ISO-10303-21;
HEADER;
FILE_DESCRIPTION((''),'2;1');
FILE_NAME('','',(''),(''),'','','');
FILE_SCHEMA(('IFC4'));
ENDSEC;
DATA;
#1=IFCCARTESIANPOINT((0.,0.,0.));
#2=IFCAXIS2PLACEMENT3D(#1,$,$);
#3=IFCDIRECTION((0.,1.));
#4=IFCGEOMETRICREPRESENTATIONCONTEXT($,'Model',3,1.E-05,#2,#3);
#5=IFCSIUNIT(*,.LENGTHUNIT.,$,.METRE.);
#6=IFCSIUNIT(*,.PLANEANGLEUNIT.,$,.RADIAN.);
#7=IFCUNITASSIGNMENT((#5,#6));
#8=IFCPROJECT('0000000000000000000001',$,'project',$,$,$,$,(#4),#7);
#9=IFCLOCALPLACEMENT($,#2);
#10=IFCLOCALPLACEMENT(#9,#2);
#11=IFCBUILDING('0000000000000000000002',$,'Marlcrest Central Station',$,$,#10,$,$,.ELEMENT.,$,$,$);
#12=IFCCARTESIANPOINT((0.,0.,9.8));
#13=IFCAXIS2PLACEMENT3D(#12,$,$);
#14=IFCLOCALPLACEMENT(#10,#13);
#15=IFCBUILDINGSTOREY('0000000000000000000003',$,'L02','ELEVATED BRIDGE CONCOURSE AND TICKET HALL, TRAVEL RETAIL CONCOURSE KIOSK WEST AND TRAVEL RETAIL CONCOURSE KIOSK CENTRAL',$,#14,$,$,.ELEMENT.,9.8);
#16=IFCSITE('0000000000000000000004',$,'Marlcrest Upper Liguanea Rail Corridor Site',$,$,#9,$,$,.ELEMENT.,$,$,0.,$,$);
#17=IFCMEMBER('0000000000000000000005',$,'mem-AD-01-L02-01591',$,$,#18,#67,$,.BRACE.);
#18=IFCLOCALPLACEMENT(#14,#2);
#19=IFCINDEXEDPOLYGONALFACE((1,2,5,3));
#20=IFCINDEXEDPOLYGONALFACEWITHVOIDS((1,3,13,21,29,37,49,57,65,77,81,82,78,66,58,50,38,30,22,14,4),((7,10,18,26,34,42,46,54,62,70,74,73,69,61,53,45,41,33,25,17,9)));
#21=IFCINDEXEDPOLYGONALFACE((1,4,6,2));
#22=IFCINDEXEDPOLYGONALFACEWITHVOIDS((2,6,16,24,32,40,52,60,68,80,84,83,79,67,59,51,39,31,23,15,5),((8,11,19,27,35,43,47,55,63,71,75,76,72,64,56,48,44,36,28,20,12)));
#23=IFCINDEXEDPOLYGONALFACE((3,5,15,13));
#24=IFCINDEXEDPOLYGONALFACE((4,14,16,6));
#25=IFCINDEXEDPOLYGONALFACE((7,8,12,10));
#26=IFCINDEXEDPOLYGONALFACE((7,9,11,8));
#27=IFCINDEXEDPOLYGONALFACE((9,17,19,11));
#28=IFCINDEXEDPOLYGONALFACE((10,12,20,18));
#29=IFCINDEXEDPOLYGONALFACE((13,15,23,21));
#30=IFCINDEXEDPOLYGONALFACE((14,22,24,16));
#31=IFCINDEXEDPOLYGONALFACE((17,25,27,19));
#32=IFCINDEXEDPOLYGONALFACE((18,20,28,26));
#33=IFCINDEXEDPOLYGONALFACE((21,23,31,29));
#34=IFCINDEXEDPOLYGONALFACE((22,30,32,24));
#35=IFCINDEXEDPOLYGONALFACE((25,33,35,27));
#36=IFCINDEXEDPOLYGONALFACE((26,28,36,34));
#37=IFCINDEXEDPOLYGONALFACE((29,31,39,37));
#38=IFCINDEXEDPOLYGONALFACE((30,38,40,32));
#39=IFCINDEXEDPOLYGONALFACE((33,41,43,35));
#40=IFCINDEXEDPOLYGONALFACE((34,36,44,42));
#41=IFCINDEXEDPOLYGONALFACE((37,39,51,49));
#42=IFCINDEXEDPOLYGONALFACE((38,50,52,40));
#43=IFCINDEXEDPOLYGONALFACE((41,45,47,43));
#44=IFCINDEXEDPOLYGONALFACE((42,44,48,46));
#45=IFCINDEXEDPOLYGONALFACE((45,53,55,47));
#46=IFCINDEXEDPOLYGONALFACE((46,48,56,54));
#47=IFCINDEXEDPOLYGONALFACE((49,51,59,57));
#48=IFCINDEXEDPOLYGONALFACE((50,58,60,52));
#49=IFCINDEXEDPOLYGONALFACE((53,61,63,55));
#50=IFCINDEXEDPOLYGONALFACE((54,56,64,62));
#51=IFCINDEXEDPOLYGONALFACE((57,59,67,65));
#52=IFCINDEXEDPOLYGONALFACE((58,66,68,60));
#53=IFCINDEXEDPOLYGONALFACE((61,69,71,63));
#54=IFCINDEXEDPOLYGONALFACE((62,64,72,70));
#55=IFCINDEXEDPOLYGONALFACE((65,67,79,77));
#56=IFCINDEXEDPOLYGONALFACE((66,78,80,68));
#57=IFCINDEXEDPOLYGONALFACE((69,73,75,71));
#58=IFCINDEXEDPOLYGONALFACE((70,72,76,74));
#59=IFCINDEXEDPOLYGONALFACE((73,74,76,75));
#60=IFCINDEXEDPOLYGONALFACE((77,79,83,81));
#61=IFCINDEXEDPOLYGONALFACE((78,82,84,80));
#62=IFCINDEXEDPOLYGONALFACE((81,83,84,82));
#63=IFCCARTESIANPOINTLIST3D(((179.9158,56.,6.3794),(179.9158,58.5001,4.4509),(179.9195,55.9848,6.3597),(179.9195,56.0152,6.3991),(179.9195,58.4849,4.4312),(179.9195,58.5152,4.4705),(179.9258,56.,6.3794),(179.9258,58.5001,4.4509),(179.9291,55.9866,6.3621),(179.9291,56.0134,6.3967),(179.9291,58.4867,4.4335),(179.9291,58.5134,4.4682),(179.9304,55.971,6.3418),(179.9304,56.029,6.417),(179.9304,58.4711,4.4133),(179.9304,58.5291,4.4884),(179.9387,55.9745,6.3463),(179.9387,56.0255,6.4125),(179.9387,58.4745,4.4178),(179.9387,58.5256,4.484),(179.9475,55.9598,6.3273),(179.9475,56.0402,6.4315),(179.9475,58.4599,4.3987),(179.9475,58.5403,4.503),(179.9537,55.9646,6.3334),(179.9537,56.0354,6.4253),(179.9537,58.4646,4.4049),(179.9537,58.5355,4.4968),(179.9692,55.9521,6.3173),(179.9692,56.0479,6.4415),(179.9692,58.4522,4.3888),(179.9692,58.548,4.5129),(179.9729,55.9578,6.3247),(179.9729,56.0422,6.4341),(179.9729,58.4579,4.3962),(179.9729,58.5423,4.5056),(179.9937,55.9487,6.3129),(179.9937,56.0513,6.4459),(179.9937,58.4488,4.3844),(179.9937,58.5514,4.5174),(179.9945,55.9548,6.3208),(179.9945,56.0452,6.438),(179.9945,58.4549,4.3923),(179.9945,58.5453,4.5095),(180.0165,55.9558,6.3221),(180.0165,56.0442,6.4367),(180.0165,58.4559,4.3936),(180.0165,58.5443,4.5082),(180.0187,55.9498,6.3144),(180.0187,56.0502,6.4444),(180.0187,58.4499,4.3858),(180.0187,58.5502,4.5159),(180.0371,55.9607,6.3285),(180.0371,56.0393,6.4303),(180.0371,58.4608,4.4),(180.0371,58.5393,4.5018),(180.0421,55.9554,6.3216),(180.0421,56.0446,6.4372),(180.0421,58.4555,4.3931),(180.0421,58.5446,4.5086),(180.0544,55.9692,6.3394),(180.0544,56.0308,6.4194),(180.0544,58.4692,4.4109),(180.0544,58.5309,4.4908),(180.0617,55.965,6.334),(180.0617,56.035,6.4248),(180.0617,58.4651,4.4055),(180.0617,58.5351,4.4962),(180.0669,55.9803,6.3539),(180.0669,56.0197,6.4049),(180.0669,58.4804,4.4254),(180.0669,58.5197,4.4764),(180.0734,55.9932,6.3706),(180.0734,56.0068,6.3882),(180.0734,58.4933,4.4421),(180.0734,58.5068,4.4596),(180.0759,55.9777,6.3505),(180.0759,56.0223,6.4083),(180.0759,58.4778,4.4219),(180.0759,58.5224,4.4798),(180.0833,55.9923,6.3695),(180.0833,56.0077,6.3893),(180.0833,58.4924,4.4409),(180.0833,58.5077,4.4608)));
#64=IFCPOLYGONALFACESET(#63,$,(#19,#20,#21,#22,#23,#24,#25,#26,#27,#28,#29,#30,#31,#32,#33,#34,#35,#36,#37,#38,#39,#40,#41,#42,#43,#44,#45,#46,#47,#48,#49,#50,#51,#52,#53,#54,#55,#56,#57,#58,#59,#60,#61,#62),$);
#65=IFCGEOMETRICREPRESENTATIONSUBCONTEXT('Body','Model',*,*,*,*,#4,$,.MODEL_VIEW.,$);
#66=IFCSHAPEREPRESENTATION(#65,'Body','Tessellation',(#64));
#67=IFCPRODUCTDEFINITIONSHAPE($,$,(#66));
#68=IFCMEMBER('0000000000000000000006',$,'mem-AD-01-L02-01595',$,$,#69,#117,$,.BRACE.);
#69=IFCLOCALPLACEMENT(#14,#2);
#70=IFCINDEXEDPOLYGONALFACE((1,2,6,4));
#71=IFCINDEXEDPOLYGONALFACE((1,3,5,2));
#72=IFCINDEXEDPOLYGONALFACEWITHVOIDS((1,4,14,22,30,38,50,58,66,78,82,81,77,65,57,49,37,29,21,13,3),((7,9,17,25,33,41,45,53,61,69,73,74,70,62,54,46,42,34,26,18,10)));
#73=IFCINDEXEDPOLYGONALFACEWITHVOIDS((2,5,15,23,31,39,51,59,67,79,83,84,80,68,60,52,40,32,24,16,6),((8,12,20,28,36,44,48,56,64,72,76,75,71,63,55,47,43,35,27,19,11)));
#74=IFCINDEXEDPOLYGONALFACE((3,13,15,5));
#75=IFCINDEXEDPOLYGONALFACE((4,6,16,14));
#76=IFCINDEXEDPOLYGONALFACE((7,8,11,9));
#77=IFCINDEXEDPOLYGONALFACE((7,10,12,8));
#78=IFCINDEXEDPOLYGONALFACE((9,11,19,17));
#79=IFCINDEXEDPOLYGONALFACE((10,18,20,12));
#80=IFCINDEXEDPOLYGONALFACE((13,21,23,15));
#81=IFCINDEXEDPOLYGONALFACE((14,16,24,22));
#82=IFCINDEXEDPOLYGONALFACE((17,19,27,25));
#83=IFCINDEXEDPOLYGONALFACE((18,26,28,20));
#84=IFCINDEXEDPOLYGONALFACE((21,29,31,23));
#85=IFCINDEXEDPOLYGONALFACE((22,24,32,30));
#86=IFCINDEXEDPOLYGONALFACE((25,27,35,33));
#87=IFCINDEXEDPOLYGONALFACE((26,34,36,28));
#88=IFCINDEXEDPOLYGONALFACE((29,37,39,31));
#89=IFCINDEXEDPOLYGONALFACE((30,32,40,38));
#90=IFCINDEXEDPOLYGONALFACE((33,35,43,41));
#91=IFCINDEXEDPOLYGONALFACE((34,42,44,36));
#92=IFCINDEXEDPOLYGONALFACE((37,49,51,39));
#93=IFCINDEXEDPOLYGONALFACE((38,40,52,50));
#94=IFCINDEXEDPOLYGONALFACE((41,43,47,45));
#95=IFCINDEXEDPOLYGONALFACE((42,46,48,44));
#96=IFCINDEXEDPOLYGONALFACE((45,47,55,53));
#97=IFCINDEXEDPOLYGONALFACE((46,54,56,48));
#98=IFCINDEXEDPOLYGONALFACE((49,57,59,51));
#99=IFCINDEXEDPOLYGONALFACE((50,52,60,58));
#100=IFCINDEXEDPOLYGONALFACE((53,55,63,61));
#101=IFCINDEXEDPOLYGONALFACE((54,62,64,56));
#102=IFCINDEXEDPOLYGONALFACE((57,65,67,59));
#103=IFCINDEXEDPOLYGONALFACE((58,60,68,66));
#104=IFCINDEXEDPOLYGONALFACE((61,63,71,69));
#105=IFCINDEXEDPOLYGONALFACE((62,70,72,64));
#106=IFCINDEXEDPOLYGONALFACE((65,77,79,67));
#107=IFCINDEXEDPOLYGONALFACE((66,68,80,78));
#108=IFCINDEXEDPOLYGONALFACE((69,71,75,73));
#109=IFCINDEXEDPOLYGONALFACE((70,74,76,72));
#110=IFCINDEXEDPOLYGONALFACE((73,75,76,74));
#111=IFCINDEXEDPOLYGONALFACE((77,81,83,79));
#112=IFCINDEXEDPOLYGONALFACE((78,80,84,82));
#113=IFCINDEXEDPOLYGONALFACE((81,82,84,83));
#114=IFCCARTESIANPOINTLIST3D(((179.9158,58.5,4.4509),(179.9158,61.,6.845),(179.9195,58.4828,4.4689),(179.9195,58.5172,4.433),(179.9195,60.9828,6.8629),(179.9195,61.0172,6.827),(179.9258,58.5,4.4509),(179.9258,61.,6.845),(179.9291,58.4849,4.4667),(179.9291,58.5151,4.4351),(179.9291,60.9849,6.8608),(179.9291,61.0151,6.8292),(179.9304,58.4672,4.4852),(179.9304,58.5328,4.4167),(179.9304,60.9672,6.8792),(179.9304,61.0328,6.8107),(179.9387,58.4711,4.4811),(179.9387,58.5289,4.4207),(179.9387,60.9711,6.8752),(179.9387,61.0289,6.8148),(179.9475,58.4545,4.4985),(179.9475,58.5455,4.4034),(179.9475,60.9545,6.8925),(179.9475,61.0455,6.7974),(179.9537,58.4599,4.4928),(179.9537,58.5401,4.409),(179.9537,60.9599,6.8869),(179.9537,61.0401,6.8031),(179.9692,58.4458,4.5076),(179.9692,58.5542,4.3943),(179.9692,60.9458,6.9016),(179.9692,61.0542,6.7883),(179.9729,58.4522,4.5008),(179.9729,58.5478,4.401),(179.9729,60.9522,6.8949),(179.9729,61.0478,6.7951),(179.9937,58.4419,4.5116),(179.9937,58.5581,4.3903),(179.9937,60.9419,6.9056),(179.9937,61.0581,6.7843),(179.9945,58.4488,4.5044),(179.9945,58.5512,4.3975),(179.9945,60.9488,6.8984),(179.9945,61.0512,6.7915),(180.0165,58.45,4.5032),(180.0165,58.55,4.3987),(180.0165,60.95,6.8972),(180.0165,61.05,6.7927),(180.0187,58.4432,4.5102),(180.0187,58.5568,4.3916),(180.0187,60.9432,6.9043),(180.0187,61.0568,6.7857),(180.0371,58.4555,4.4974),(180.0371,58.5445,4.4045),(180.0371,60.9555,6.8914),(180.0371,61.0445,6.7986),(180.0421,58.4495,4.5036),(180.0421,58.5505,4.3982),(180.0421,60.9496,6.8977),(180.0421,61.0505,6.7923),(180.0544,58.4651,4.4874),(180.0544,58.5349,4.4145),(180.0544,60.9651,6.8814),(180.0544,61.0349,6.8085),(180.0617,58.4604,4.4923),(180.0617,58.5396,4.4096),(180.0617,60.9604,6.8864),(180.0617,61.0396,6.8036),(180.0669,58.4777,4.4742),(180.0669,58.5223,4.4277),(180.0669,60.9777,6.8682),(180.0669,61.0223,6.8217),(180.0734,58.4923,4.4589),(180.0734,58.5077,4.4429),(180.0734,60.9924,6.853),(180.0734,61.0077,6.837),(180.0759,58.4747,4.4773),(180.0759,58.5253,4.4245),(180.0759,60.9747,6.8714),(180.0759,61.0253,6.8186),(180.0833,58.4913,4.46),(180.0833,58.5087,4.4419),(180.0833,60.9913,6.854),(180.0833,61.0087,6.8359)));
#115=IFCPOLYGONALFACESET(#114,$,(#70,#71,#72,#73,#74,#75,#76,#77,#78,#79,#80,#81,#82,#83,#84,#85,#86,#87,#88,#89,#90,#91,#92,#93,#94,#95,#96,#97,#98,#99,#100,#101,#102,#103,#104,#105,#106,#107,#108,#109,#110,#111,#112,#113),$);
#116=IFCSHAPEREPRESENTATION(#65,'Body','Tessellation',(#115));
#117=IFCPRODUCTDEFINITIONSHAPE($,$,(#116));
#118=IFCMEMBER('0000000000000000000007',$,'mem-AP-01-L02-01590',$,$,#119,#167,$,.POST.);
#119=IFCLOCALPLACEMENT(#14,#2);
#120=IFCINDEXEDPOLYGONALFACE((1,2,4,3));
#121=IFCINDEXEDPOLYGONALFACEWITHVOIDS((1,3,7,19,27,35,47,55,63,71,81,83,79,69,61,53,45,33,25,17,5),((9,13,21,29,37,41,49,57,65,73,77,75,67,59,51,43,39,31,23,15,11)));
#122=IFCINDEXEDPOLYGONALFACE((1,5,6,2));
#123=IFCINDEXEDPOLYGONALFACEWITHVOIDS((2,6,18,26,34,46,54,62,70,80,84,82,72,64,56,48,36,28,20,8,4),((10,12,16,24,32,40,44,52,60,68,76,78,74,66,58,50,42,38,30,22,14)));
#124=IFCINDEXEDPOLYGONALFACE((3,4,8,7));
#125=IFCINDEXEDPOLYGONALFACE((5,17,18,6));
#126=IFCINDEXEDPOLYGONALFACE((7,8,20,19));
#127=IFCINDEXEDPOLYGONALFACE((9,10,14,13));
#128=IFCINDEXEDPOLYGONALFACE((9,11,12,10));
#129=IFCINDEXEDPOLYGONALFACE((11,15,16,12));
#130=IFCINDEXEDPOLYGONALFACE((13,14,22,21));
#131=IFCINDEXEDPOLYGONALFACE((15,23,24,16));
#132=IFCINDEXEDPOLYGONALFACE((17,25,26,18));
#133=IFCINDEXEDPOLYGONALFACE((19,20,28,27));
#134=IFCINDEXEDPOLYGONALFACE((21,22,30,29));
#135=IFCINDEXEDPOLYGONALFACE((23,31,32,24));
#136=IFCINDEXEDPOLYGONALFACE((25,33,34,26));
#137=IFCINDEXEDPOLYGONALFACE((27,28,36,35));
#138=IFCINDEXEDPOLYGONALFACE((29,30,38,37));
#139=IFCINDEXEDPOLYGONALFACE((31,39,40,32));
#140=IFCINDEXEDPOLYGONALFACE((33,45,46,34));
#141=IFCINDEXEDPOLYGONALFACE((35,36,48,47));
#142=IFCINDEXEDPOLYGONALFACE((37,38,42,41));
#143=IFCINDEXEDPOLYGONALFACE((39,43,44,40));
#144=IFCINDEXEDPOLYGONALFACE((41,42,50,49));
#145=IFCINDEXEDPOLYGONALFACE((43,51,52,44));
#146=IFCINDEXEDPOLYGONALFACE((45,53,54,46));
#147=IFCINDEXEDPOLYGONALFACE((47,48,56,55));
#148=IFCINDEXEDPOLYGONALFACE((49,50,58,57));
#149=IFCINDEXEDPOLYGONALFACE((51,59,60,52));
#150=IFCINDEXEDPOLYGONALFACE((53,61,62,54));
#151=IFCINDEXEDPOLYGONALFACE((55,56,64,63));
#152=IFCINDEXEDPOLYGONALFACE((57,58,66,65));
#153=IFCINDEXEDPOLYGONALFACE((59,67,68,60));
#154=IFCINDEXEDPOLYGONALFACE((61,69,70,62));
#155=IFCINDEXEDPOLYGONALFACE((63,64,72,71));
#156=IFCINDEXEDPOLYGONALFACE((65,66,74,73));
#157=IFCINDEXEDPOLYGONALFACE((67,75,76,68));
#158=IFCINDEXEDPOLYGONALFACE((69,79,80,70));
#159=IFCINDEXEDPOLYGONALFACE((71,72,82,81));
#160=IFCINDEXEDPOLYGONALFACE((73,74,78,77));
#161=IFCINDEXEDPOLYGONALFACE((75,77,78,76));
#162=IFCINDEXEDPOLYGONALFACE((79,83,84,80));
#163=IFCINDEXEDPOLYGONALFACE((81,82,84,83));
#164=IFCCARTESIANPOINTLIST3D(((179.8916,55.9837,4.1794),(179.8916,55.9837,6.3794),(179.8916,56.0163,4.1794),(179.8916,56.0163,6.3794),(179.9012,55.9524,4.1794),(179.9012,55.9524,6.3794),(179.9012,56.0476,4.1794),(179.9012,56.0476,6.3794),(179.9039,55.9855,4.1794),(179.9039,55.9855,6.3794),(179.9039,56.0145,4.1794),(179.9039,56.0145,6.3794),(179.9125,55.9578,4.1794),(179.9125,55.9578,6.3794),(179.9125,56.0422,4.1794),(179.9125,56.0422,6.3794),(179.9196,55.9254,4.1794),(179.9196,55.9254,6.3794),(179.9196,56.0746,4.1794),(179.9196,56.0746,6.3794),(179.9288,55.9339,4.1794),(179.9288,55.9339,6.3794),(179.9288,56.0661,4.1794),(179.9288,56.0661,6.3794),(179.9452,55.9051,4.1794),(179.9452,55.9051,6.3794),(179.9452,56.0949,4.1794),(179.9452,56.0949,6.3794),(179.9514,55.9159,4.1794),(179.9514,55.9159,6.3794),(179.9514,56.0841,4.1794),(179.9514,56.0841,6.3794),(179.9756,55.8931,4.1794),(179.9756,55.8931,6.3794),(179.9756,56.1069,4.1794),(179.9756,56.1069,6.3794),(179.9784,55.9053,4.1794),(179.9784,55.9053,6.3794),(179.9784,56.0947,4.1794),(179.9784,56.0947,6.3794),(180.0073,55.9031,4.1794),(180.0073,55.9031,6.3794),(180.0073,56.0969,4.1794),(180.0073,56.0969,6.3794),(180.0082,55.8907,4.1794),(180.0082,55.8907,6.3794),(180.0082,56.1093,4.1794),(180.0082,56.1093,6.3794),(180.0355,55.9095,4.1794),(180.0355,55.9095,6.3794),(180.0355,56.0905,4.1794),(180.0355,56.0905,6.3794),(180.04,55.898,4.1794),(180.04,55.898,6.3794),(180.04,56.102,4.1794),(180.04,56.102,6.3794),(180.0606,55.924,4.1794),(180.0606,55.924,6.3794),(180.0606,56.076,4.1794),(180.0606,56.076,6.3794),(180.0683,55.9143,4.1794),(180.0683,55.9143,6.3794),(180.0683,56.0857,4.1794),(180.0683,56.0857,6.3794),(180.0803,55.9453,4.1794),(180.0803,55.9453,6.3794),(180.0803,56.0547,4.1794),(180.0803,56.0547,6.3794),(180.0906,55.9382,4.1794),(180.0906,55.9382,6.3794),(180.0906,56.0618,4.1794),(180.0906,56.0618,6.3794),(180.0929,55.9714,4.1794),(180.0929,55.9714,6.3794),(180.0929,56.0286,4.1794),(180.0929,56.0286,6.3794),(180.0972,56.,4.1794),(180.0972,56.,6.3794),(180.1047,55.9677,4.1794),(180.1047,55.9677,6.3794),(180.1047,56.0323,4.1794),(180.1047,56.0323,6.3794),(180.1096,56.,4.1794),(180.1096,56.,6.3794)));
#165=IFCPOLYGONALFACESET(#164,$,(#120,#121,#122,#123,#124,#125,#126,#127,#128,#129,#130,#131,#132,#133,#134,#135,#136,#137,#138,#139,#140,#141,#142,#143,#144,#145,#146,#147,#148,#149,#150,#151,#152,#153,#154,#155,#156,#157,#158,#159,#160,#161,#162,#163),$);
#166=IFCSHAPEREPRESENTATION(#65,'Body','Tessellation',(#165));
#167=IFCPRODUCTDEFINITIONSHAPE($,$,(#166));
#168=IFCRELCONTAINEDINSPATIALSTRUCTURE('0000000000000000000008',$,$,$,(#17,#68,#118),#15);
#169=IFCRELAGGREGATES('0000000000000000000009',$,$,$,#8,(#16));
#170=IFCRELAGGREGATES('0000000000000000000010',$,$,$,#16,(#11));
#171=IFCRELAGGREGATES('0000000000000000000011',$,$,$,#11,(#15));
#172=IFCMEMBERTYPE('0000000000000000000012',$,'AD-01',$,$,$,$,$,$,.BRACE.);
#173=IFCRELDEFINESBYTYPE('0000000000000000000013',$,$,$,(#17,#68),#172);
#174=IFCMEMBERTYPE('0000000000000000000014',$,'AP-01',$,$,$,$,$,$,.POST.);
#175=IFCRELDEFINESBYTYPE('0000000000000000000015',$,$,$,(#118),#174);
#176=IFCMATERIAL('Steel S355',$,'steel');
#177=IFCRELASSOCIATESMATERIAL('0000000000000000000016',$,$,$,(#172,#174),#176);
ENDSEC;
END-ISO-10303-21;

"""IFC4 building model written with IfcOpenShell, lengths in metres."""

from ifc_helpers import new_model, si_unit, direction, frame, origin, origin_2d, place, context, subcontext, project, spatial, hollow_circle, extrude, material, material_profile, profile_set, type_object, element, save


model = new_model("IFC4")

# Units and contexts
model_context = context("Model", 3, precision=1e-05, world=origin(), true_north=direction((0.0, 1.0)))
body_context = subcontext(model_context, "Body", "Model", "MODEL_VIEW")
ifc_project = project(units=[si_unit("LENGTHUNIT", "METRE"), si_unit("PLANEANGLEUNIT", "RADIAN")], contexts=[model_context])

# Site, building, storey
site_placement = place(None, origin())
site = spatial("IfcSite", under=ifc_project, at=site_placement, Name="Marlcrest Upper Liguanea Rail Corridor Site", CompositionType="ELEMENT", RefElevation=0.0)
building_placement = place(site_placement, origin())
building = spatial("IfcBuilding", under=site, at=building_placement, Name="Marlcrest Central Station", CompositionType="ELEMENT")
storey_placement = place(building_placement, frame((0.0, 0.0, 9.8)))
storey = spatial("IfcBuildingStorey", under=building, at=storey_placement, Name="L02", Description="ELEVATED BRIDGE CONCOURSE AND TICKET HALL, TRAVEL RETAIL CONCOURSE KIOSK WEST AND TRAVEL RETAIL CONCOURSE KIOSK CENTRAL", CompositionType="ELEMENT", Elevation=9.8)

# Members
ifc_material = material(Name="Steel S355", Category="steel")
ifc_material_profile_1 = material_profile(ifc_material, hollow_circle(Radius=0.0842, WallThickness=0.01, at=origin_2d()), Name="CHS 168.3x10")
ifc_profile_set_1 = profile_set([ifc_material_profile_1], Name="Steel S355")
member_type_1 = type_object("IfcMemberType", Name="AD-01", PredefinedType="BRACE", material=ifc_profile_set_1)
member_1_placement = place(storey_placement, frame((180.0, 56.0, 6.3794), z_axis=(0.0, 0.791798, -0.610783), x_axis=(-1.0, 0.0, 0.0)))
element("IfcMember", 1, at=member_1_placement, inside=storey, type_object=member_type_1, Name="mem-AD-01-L02-01591", PredefinedType="BRACE", context=body_context, shape_type="SweptSolid", body=[
    extrude(hollow_circle(Radius=0.0842, WallThickness=0.01, at=origin_2d()), origin(), (0.0, 0.0, 1.0), 3.1575),
])
member_2_placement = place(storey_placement, frame((180.0, 58.5, 4.4509), z_axis=(0.0, 0.722247, 0.691636), x_axis=(-1.0, 0.0, 0.0)))
element("IfcMember", 2, at=member_2_placement, inside=storey, type_object=member_type_1, Name="mem-AD-01-L02-01595", PredefinedType="BRACE", context=body_context, shape_type="SweptSolid", body=[
    extrude(hollow_circle(Radius=0.0842, WallThickness=0.01, at=origin_2d()), origin(), (0.0, 0.0, 1.0), 3.4614),
])
ifc_material_profile_2 = material_profile(ifc_material, hollow_circle(Radius=0.1096, WallThickness=0.0125, at=origin_2d()), Name="CHS 219.1x12.5")
ifc_profile_set_2 = profile_set([ifc_material_profile_2], Name="Steel S355")
member_type_2 = type_object("IfcMemberType", Name="AP-01", PredefinedType="POST", material=ifc_profile_set_2)
for number, where, z_axis, x_axis, name in (
    (3, (180.0, 56.0, 4.1794), (0.0, 0.0, 1.0), (1.0, 0.0, 0.0), "mem-AP-01-L02-01590"),
):
    element("IfcMember", number, at=place(storey_placement, frame(where, z_axis=z_axis, x_axis=x_axis)), inside=storey, type_object=member_type_2, Name=name, PredefinedType="POST", context=body_context, shape_type="SweptSolid", body=[
        extrude(hollow_circle(Radius=0.1096, WallThickness=0.0125, at=origin_2d()), origin(), (0.0, 0.0, 1.0), 2.2),
    ])

save(model, "model.ifc")
